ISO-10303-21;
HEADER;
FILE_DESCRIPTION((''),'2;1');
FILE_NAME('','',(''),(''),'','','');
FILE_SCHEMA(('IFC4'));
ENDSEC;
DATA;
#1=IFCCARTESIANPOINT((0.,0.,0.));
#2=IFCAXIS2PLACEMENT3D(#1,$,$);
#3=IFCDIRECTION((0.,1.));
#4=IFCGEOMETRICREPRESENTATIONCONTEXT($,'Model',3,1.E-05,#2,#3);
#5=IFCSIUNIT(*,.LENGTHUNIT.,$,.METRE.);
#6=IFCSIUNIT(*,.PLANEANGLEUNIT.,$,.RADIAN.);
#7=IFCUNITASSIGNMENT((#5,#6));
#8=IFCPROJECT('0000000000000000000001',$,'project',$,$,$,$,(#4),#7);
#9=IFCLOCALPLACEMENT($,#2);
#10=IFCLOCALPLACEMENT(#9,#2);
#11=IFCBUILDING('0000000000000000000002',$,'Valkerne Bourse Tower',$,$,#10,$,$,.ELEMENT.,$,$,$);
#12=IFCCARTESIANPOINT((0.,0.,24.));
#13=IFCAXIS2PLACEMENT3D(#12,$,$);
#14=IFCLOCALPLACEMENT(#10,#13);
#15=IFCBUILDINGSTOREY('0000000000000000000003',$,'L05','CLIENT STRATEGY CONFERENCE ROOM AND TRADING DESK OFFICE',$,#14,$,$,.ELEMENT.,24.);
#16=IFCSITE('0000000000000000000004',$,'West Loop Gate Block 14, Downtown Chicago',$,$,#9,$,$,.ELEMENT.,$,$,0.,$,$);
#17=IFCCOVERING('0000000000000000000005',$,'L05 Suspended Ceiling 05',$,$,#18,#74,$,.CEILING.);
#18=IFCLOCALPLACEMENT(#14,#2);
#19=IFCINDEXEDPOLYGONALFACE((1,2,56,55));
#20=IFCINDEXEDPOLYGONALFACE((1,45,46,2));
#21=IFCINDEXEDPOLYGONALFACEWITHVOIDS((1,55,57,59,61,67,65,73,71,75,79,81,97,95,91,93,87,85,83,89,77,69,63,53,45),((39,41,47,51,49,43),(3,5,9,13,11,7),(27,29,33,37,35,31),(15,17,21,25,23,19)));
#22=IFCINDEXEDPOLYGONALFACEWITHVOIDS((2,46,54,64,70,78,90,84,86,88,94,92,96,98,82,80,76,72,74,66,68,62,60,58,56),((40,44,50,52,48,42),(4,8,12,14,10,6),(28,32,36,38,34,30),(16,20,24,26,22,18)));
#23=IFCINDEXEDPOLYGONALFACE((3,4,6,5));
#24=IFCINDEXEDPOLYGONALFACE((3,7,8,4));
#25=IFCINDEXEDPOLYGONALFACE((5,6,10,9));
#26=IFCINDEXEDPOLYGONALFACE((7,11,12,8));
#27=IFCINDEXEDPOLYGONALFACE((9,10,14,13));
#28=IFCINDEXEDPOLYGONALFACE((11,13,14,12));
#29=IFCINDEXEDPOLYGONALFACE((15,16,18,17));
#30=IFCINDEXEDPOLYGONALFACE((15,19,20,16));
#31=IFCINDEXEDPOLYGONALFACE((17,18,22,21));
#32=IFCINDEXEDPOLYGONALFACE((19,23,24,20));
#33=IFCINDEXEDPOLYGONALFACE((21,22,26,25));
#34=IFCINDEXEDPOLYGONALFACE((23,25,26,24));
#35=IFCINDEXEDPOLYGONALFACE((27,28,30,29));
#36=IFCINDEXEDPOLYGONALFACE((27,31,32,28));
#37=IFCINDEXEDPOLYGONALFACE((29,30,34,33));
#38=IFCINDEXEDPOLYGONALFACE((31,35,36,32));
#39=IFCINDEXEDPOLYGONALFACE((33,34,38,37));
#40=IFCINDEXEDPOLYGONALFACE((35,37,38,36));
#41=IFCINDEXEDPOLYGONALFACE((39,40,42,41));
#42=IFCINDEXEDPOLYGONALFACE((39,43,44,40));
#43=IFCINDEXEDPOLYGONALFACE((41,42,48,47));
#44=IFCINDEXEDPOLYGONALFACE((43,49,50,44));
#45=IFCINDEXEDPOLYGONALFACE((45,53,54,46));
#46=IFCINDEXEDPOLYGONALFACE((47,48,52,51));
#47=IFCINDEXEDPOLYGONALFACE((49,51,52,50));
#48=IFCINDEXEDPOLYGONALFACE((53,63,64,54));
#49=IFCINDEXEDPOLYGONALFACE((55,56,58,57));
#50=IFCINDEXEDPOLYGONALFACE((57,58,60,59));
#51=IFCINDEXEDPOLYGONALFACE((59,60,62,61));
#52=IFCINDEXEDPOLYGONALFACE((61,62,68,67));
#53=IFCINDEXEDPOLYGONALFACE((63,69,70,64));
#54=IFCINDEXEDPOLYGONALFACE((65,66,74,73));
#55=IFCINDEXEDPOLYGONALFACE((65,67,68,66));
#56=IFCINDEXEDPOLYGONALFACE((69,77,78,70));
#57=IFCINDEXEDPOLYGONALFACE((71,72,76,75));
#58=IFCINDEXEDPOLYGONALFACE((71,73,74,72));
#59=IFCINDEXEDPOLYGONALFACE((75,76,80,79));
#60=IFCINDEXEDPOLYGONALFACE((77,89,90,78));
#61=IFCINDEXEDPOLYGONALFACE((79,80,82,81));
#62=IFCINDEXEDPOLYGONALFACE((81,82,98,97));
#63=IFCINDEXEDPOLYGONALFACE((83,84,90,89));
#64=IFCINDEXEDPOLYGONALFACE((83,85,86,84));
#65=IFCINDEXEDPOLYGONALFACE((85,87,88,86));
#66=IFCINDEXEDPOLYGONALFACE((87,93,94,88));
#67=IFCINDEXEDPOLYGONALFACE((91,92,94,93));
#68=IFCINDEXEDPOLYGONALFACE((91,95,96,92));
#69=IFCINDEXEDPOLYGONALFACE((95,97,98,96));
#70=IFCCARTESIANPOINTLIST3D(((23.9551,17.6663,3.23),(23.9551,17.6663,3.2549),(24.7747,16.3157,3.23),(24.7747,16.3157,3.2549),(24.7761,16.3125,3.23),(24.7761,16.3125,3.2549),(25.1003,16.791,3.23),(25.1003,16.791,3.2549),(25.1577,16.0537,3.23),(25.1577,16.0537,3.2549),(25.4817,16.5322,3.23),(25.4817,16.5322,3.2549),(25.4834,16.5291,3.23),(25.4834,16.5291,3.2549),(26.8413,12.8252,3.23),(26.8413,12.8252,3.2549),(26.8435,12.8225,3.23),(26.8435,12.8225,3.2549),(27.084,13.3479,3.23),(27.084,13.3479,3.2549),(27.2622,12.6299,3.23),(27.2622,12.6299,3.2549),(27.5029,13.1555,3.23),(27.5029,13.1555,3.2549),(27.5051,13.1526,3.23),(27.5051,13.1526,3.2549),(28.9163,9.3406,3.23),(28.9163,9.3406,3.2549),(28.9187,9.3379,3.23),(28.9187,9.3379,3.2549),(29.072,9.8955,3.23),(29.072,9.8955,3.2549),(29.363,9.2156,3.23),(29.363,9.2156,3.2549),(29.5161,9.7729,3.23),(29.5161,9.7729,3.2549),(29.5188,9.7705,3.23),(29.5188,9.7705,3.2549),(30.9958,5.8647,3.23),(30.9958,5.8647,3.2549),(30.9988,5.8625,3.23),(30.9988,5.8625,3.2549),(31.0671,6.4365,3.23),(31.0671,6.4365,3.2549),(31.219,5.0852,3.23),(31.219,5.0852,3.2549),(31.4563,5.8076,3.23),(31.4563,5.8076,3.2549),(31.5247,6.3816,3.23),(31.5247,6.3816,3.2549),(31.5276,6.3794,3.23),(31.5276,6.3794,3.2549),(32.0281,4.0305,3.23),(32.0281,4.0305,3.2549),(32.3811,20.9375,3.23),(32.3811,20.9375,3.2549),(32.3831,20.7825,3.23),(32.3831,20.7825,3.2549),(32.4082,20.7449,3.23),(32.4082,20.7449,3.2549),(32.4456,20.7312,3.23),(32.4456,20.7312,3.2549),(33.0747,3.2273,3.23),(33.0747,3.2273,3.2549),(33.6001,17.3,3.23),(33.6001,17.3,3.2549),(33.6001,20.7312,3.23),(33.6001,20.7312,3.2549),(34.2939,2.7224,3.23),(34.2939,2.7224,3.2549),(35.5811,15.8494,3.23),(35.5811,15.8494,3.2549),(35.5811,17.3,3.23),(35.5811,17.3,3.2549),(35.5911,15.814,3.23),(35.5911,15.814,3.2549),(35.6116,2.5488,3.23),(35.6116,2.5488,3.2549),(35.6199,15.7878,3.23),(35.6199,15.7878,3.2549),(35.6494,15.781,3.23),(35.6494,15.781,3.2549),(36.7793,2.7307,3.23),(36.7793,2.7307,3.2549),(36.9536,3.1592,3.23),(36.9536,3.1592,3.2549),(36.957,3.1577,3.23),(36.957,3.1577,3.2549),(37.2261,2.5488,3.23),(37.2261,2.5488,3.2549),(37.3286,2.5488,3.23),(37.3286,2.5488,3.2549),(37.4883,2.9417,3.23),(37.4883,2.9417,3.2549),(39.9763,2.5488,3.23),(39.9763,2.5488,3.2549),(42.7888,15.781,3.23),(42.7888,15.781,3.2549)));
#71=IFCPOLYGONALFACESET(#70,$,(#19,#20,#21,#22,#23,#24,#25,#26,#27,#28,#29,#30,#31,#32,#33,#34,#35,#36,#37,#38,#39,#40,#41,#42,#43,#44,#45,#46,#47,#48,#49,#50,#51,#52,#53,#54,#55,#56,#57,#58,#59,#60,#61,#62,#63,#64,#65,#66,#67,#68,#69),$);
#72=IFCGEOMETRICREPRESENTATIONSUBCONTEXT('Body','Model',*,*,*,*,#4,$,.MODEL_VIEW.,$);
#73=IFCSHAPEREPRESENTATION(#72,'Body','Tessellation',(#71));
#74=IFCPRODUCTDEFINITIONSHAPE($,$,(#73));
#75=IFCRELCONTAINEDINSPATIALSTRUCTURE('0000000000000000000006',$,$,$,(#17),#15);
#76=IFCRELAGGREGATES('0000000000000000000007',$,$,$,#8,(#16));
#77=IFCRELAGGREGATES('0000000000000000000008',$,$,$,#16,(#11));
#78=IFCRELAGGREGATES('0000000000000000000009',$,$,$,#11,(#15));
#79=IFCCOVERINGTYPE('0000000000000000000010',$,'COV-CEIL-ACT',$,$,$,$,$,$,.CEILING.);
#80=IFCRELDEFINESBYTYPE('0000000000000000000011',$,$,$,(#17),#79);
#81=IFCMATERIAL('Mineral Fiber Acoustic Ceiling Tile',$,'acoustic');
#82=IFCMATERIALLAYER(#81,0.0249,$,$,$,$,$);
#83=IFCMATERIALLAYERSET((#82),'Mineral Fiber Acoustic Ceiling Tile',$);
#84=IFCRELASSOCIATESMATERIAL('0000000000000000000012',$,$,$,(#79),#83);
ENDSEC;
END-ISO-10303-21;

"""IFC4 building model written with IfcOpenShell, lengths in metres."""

from ifc_helpers import new_model, si_unit, direction, frame, origin, place, context, subcontext, project, spatial, polyline, outline, extrude, material, layer, layer_set, type_object, element, save


model = new_model("IFC4")

# Units and contexts
model_context = context("Model", 3, precision=1e-05, world=origin(), true_north=direction((0.0, 1.0)))
body_context = subcontext(model_context, "Body", "Model", "MODEL_VIEW")
ifc_project = project(units=[si_unit("LENGTHUNIT", "METRE"), si_unit("PLANEANGLEUNIT", "RADIAN")], contexts=[model_context])

# Site, building, storey
site_placement = place(None, origin())
site = spatial("IfcSite", under=ifc_project, at=site_placement, Name="West Loop Gate Block 14, Downtown Chicago", CompositionType="ELEMENT", RefElevation=0.0)
building_placement = place(site_placement, origin())
building = spatial("IfcBuilding", under=site, at=building_placement, Name="Valkerne Bourse Tower", CompositionType="ELEMENT")
storey_placement = place(building_placement, frame((0.0, 0.0, 24.0)))
storey = spatial("IfcBuildingStorey", under=building, at=storey_placement, Name="L05", Description="CLIENT STRATEGY CONFERENCE ROOM AND TRADING DESK OFFICE", CompositionType="ELEMENT", Elevation=24.0)

# Covering
ifc_material_1 = material(Name="Mineral Fiber Acoustic Ceiling Tile", Category="acoustic")
ifc_layer_1 = layer(ifc_material_1, 0.0249)
ifc_layer_set_1 = layer_set([ifc_layer_1], Name="Mineral Fiber Acoustic Ceiling Tile")
covering_type_1 = type_object("IfcCoveringType", Name="COV-CEIL-ACT", PredefinedType="CEILING", material=ifc_layer_set_1)
covering_1_placement = place(storey_placement, frame((0.0, 0.0, 3.23)))
element("IfcCovering", 1, at=covering_1_placement, inside=storey, type_object=covering_type_1, Name="L05 Suspended Ceiling 05", PredefinedType="CEILING", context=body_context, shape_type="SweptSolid", body=[
    extrude(outline(polyline([(33.0747, 3.2273), (32.0281, 4.0305), (31.219, 5.0852), (23.9551, 17.6663), (32.3811, 20.9375), (32.3831, 20.7825), (32.4082, 20.7449), (32.4456, 20.7312), (33.6001, 20.7312), (33.6001, 17.3), (35.5811, 17.3), (35.5811, 15.8494), (35.5911, 15.814), (35.6199, 15.7878), (35.6494, 15.781), (42.7888, 15.781), (39.9763, 2.5488), (37.3286, 2.5488), (37.4883, 2.9417), (36.957, 3.1577), (36.9536, 3.1592), (36.7793, 2.7307), (37.2261, 2.5488), (35.6116, 2.5488), (34.2939, 2.7224), (33.0747, 3.2273)]), holes=[polyline([(31.5247, 6.3816), (31.0671, 6.4365), (30.9958, 5.8647), (30.9988, 5.8625), (31.4563, 5.8076), (31.5276, 6.3794), (31.5247, 6.3816)]), polyline([(29.5161, 9.7729), (29.072, 9.8955), (28.9163, 9.3406), (28.9187, 9.3379), (29.363, 9.2156), (29.5188, 9.7705), (29.5161, 9.7729)]), polyline([(27.5051, 13.1526), (27.5029, 13.1555), (27.084, 13.3479), (26.8413, 12.8252), (26.8435, 12.8225), (27.2622, 12.6299), (27.5051, 13.1526)]), polyline([(25.4834, 16.5291), (25.4817, 16.5322), (25.1003, 16.791), (24.7747, 16.3157), (24.7761, 16.3125), (25.1577, 16.0537), (25.4834, 16.5291)])]), origin(), (0.0, 0.0, 1.0), 0.0249),
])

save(model, "model.ifc")
